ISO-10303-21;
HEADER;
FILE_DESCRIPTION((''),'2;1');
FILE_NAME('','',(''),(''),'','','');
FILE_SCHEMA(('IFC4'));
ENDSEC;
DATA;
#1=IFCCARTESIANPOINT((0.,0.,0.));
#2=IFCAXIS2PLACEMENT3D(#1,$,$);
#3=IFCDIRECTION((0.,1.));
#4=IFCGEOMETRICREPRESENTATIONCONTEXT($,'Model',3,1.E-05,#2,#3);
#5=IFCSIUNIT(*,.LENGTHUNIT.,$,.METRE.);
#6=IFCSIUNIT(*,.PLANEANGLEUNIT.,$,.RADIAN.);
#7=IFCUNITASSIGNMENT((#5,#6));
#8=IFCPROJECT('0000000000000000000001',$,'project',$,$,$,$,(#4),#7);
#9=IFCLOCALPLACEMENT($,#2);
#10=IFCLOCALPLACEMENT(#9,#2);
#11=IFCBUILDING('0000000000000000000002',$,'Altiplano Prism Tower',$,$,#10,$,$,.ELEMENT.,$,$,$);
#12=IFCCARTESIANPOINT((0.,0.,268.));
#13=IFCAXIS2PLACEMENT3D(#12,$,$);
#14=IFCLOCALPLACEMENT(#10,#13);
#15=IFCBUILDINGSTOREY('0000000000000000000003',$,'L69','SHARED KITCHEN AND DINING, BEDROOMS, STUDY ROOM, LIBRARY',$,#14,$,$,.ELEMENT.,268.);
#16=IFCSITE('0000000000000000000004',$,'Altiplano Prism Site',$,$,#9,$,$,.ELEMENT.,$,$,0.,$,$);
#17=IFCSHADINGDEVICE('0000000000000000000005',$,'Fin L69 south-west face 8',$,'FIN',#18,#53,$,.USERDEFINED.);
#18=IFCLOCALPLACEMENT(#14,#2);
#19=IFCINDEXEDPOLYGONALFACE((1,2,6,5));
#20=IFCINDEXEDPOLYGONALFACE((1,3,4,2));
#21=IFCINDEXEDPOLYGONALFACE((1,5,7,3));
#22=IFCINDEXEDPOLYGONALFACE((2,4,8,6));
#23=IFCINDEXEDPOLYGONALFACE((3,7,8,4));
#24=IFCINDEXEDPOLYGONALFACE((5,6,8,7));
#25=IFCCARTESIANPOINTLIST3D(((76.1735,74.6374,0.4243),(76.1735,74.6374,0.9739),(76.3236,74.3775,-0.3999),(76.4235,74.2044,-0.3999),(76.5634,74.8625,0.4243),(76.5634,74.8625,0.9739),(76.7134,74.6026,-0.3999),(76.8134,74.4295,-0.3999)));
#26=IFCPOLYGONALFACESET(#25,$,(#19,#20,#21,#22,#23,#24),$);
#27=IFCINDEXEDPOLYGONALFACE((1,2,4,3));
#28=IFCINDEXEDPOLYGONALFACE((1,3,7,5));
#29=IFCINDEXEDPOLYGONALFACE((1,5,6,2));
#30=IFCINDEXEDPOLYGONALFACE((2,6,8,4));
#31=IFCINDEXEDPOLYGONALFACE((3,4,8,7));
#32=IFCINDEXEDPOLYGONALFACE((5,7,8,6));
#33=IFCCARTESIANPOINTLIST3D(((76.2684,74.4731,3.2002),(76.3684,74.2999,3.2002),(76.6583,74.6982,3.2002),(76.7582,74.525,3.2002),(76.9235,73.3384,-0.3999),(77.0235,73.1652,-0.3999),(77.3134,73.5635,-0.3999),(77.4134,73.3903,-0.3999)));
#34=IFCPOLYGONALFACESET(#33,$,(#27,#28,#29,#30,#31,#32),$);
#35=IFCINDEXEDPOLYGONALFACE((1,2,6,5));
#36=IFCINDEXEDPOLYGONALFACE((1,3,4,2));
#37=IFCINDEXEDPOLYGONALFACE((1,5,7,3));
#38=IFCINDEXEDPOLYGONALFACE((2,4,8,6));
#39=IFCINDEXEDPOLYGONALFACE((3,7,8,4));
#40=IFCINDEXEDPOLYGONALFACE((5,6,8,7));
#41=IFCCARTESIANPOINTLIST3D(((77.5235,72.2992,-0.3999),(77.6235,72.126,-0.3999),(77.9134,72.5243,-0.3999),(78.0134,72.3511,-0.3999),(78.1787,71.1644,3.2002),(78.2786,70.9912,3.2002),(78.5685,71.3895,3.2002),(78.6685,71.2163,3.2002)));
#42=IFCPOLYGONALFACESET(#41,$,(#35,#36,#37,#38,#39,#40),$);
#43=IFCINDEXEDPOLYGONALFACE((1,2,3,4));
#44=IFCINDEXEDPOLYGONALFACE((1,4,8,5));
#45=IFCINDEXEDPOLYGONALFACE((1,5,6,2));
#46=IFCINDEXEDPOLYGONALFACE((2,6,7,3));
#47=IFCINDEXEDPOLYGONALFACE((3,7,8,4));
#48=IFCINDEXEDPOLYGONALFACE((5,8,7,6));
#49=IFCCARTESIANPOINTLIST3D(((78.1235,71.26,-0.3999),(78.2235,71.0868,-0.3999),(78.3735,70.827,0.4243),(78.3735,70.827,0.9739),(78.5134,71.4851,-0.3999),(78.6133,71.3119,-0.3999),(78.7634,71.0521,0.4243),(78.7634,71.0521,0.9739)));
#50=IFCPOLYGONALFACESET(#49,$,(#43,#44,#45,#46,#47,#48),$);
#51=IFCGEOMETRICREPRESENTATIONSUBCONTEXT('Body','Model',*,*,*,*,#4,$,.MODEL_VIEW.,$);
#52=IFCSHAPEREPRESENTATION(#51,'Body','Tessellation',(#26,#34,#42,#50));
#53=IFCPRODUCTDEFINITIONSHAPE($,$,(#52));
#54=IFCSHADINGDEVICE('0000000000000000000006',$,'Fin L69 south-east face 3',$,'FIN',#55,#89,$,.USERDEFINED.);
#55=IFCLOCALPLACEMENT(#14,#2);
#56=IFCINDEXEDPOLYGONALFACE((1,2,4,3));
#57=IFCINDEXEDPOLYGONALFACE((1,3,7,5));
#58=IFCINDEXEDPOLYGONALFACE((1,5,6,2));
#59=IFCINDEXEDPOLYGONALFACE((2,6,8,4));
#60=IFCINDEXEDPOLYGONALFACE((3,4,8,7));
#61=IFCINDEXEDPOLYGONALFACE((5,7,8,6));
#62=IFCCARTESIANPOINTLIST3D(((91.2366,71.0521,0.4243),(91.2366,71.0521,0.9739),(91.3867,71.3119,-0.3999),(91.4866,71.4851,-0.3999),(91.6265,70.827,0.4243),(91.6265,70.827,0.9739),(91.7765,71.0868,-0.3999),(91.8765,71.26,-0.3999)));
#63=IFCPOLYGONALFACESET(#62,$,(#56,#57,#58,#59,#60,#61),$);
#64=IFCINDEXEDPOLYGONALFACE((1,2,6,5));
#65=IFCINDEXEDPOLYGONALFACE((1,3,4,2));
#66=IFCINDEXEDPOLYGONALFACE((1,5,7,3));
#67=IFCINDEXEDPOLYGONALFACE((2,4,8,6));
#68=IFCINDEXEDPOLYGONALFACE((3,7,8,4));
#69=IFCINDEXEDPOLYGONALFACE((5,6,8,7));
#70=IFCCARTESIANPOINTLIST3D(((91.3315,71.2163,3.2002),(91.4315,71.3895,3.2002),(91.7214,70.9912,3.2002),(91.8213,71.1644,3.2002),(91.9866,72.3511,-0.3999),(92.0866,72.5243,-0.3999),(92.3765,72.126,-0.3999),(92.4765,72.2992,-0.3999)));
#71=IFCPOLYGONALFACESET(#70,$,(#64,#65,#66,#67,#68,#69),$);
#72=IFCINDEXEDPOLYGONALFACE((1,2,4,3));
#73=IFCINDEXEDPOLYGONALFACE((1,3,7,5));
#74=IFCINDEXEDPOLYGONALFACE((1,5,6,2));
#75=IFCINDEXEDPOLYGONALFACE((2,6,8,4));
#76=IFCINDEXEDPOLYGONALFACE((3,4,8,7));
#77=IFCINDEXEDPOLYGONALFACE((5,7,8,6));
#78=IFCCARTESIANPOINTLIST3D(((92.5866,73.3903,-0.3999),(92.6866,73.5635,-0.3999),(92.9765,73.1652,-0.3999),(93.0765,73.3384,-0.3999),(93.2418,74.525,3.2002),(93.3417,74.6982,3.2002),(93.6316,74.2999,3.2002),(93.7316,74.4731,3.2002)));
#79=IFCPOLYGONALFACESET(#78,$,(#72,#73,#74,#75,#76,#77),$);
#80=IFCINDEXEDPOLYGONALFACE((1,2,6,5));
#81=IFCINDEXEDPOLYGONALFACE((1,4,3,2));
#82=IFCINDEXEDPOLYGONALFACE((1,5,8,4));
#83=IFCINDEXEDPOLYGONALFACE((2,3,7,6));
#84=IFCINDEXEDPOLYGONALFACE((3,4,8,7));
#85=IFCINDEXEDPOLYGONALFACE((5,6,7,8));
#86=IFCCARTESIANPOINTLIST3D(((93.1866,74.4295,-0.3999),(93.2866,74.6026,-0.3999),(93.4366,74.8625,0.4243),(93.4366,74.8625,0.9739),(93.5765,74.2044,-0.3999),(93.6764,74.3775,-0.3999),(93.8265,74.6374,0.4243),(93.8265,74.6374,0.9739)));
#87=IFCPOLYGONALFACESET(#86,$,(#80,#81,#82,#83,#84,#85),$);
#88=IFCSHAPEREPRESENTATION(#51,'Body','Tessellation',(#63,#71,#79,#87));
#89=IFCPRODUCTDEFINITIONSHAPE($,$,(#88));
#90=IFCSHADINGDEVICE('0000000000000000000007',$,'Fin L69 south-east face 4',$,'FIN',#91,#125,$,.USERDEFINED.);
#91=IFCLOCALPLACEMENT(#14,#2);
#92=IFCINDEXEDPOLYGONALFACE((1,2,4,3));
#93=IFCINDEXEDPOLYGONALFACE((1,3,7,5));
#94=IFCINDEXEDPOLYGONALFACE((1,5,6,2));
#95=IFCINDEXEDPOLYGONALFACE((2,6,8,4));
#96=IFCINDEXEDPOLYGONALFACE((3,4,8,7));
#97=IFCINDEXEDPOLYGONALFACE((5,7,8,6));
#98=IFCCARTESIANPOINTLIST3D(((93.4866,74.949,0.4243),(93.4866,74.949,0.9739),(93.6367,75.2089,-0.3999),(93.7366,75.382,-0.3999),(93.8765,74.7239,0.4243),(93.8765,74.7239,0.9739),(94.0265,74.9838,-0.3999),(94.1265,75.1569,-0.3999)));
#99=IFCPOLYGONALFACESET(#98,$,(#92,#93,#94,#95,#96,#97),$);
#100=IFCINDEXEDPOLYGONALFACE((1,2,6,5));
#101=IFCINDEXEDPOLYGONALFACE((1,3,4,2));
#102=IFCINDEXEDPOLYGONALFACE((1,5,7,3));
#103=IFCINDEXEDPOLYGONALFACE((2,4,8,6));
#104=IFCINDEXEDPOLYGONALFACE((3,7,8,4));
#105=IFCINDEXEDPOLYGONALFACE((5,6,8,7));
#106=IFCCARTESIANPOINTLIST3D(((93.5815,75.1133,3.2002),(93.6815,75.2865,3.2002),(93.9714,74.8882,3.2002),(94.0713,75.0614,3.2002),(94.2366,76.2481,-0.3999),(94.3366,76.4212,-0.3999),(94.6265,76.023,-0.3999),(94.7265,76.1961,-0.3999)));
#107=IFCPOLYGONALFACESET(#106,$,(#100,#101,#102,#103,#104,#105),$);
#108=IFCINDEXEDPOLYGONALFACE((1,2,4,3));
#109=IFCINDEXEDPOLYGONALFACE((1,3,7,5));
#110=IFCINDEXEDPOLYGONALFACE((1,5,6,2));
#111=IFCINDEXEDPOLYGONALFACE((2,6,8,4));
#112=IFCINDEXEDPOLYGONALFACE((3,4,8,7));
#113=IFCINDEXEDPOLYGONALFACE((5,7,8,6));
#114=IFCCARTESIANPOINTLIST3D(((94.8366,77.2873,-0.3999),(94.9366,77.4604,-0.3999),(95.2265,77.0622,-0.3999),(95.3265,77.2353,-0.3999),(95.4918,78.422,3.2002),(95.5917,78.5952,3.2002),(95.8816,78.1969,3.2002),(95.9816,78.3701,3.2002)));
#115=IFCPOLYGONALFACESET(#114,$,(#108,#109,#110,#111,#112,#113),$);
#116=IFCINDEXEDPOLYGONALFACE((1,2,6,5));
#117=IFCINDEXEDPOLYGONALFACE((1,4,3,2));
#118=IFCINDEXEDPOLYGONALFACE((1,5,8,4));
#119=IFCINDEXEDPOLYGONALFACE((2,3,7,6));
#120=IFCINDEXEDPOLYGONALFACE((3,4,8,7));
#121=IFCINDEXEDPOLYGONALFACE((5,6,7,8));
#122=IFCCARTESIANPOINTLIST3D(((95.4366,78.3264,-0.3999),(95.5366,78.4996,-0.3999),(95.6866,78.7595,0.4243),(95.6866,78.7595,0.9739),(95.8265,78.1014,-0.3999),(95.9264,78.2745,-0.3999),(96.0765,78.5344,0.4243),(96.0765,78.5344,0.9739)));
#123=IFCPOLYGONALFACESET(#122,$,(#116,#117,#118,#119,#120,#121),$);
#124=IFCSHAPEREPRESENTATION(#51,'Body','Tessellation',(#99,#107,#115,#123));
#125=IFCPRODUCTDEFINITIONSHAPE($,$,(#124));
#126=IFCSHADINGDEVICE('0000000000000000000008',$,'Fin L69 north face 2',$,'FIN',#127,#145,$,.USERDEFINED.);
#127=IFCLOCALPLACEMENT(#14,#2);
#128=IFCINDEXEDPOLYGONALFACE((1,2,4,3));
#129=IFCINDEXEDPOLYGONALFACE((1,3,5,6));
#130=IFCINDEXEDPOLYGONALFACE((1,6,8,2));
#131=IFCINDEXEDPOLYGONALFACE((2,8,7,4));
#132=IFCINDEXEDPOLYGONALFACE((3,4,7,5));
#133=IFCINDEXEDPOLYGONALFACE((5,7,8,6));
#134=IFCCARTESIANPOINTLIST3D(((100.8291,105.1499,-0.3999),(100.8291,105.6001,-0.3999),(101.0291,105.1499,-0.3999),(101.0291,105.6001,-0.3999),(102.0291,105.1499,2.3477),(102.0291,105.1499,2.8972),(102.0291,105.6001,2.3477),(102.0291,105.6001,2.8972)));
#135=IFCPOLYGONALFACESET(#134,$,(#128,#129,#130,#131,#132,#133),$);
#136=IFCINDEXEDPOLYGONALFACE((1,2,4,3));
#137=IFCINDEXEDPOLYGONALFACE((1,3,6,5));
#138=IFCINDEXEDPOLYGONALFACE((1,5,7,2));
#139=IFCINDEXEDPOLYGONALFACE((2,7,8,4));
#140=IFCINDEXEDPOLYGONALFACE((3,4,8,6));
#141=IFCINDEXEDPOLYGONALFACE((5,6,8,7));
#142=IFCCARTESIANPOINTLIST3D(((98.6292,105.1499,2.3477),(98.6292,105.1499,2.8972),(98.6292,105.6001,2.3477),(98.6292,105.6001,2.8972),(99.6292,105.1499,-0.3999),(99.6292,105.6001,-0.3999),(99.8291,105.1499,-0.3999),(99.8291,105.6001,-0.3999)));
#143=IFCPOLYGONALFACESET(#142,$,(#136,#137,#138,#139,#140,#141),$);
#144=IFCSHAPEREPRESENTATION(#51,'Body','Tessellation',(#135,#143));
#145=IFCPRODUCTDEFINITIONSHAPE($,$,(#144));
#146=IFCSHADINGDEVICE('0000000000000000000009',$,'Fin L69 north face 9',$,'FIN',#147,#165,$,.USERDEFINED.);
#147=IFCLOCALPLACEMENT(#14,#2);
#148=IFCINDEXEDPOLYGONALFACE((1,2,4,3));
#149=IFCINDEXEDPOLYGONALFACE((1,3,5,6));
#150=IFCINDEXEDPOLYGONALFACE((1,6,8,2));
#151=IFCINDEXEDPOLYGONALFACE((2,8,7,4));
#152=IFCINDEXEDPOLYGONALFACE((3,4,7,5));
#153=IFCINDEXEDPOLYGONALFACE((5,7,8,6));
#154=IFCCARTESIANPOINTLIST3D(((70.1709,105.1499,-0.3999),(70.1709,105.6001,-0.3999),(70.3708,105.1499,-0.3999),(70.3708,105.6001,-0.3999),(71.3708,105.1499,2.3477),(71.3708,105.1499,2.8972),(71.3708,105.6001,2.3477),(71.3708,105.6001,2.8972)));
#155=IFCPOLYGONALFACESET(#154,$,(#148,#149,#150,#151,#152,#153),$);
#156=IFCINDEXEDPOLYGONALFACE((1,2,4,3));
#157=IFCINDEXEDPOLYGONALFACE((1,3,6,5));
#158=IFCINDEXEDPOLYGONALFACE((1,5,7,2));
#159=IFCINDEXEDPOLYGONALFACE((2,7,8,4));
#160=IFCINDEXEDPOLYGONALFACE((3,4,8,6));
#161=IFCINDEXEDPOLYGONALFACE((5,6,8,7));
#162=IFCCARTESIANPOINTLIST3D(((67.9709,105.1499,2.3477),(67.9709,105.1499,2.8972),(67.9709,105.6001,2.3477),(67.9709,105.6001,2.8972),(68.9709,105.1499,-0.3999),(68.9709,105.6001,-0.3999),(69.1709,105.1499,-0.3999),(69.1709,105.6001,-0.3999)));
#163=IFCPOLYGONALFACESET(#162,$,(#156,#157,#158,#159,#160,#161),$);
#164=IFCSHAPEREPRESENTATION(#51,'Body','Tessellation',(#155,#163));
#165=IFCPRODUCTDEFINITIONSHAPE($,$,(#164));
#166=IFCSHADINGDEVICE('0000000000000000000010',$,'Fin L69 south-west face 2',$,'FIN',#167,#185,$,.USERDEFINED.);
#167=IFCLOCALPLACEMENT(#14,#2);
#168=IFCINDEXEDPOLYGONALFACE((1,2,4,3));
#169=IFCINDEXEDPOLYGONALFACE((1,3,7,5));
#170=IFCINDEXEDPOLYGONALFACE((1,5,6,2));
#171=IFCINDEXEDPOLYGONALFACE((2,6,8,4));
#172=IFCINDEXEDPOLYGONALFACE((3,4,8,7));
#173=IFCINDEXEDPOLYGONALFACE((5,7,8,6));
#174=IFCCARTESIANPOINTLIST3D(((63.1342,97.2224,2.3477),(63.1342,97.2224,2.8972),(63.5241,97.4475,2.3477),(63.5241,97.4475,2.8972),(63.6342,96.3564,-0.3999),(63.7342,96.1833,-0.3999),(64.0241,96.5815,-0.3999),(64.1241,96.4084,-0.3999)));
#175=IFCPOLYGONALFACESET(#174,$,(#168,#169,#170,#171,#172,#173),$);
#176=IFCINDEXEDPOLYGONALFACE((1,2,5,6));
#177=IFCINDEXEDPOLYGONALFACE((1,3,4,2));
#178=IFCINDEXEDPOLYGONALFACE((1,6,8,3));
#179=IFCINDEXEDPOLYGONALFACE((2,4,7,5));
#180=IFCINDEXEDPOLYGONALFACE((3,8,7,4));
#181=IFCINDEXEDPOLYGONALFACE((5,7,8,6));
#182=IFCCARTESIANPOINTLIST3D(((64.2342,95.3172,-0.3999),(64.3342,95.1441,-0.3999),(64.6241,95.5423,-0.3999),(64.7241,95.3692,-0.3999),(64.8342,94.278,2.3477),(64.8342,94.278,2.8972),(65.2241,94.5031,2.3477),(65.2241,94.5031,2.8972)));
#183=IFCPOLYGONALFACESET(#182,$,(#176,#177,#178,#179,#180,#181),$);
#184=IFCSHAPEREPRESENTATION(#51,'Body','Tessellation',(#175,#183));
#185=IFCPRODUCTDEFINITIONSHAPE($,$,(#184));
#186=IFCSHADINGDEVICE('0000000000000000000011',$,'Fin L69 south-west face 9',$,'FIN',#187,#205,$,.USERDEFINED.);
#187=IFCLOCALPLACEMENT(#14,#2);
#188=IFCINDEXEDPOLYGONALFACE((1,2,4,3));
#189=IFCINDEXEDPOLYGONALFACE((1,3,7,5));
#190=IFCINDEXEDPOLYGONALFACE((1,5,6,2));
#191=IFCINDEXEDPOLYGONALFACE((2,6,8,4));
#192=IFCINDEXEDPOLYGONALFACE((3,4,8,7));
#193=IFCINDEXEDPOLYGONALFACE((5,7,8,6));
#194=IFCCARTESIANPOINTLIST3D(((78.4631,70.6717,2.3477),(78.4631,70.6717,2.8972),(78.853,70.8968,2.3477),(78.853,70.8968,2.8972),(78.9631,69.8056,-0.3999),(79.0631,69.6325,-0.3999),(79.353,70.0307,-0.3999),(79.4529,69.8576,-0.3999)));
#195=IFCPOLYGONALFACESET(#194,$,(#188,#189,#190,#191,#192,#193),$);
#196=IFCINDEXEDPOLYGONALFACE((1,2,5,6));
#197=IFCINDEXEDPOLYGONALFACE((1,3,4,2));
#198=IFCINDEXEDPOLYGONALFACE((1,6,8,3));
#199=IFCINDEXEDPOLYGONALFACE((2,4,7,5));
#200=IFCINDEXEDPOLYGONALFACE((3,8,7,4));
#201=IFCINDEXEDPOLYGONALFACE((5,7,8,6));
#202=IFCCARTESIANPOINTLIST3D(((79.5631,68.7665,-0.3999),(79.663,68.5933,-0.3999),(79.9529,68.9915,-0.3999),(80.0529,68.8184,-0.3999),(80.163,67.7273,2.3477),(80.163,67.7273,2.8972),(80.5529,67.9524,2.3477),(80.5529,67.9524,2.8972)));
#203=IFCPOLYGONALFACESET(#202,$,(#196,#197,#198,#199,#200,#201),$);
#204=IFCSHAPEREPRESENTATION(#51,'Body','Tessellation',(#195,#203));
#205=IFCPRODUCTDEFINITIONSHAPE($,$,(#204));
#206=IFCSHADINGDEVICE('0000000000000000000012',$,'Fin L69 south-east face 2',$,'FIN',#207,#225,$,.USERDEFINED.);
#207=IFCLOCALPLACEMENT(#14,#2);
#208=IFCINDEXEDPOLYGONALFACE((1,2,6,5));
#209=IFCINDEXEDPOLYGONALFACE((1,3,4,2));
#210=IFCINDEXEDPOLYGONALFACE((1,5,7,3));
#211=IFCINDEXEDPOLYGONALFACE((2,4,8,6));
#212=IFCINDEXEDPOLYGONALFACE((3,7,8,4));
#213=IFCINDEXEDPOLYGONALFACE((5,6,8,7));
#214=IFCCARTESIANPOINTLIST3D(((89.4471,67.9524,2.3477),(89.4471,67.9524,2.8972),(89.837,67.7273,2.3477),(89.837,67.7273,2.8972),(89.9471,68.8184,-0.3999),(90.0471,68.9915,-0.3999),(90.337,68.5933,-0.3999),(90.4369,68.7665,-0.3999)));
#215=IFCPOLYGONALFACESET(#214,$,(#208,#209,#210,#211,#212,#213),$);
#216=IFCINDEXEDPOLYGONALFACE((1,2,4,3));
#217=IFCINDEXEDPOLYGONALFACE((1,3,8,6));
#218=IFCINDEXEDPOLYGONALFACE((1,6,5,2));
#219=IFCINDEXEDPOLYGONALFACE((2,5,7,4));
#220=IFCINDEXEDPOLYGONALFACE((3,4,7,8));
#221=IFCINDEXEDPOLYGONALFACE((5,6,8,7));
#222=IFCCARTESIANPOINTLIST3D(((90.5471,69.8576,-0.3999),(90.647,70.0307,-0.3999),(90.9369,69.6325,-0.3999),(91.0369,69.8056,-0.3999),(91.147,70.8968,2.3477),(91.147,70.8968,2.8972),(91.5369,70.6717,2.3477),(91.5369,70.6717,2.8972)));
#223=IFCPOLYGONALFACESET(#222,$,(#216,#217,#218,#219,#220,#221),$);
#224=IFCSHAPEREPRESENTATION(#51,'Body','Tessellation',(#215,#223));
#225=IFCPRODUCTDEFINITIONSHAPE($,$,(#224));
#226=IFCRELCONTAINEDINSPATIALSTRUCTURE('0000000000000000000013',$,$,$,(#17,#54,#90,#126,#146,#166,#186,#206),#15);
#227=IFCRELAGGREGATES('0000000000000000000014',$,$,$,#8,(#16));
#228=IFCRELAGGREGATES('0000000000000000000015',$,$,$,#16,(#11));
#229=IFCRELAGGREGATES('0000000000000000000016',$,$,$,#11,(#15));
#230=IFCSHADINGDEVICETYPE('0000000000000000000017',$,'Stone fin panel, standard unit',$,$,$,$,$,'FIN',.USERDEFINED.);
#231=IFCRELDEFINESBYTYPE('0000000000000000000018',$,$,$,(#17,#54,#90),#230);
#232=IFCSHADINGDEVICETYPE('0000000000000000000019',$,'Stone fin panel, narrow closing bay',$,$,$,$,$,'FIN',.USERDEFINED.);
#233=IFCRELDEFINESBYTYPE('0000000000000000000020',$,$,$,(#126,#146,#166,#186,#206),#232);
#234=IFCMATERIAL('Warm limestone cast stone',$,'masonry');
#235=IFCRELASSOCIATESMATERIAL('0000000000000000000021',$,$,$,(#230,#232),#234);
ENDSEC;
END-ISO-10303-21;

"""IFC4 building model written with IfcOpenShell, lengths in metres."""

from ifc_helpers import new_model, si_unit, direction, frame, origin, place, context, subcontext, project, spatial, polyline, outline, extrude, source, transform, mapped, material, type_object, element, save


model = new_model("IFC4")

# Units and contexts
model_context = context("Model", 3, precision=1e-05, world=origin(), true_north=direction((0.0, 1.0)))
body_context = subcontext(model_context, "Body", "Model", "MODEL_VIEW")
ifc_project = project(units=[si_unit("LENGTHUNIT", "METRE"), si_unit("PLANEANGLEUNIT", "RADIAN")], contexts=[model_context])

# Site, building, storey
site_placement = place(None, origin())
site = spatial("IfcSite", under=ifc_project, at=site_placement, Name="Altiplano Prism Site", CompositionType="ELEMENT", RefElevation=0.0)
building_placement = place(site_placement, origin())
building = spatial("IfcBuilding", under=site, at=building_placement, Name="Altiplano Prism Tower", CompositionType="ELEMENT")
storey_placement = place(building_placement, frame((0.0, 0.0, 268.0)))
storey = spatial("IfcBuildingStorey", under=building, at=storey_placement, Name="L69", Description="SHARED KITCHEN AND DINING, BEDROOMS, STUDY ROOM, LIBRARY", CompositionType="ELEMENT", Elevation=268.0)

# Shading devices
ifc_material_1 = material(Name="Warm limestone cast stone", Category="masonry")
shading_device_type_1 = type_object("IfcShadingDeviceType", Name="Stone fin panel, standard unit", ElementType="FIN", PredefinedType="USERDEFINED", material=ifc_material_1)
shared_shape_1 = source(origin(), body_context, "Body", "SweptSolid", [
    extrude(outline(polyline([(-2.2, 1.3738), (-2.2, 0.8242), (-1.8999, 0.0), (-1.7, 0.0), (-2.2, 1.3738)])), frame((0.0, -0.1499, 0.0), z_axis=(0.0, -1.0, 0.0), x_axis=(1.0, 0.0, 0.0)), (0.0, 0.0, 1.0), 0.4502),
    extrude(outline(polyline([(-2.0103, 3.6001), (-0.7, 0.0), (-0.5, 0.0), (-1.8103, 3.6001), (-2.0103, 3.6001)])), frame((0.0, -0.1499, 0.0), z_axis=(0.0, -1.0, 0.0), x_axis=(1.0, 0.0, 0.0)), (0.0, 0.0, 1.0), 0.4502),
    extrude(outline(polyline([(1.8103, 3.6001), (0.5, 0.0), (0.7, 0.0), (2.0103, 3.6001), (1.8103, 3.6001)])), frame((0.0, -0.1499, 0.0), z_axis=(0.0, -1.0, 0.0), x_axis=(1.0, 0.0, 0.0)), (0.0, 0.0, 1.0), 0.4502),
    extrude(outline(polyline([(2.2, 0.8242), (2.2, 1.3738), (1.7, 0.0), (1.8999, 0.0), (2.2, 0.8242)])), frame((0.0, -0.1499, 0.0), z_axis=(0.0, -1.0, 0.0), x_axis=(1.0, 0.0, 0.0)), (0.0, 0.0, 1.0), 0.4502),
])
shading_device_1_placement = place(storey_placement, origin())
element("IfcShadingDevice", 1, at=shading_device_1_placement, inside=storey, type_object=shading_device_type_1, Name="Fin L69 south-west face 8", ObjectType="FIN", PredefinedType="USERDEFINED", context=body_context, shape_type="MappedRepresentation", body=[
    mapped(shared_shape_1, transform((77.7932, 73.0322, -0.3999), x_axis=(0.5, -0.866025, 0.0), y_axis=(0.866025, 0.5, 0.0), z_axis=(0.0, 0.0, 1.0))),
])
shading_device_2_placement = place(storey_placement, origin())
element("IfcShadingDevice", 2, at=shading_device_2_placement, inside=storey, type_object=shading_device_type_1, Name="Fin L69 south-east face 3", ObjectType="FIN", PredefinedType="USERDEFINED", context=body_context, shape_type="MappedRepresentation", body=[
    mapped(shared_shape_1, transform((92.2068, 73.0322, -0.3999), x_axis=(0.5, 0.866025, 0.0), y_axis=(-0.866025, 0.5, 0.0), z_axis=(0.0, 0.0, 1.0))),
])
shading_device_3_placement = place(storey_placement, origin())
element("IfcShadingDevice", 3, at=shading_device_3_placement, inside=storey, type_object=shading_device_type_1, Name="Fin L69 south-east face 4", ObjectType="FIN", PredefinedType="USERDEFINED", context=body_context, shape_type="MappedRepresentation", body=[
    mapped(shared_shape_1, transform((94.4568, 76.9292, -0.3999), x_axis=(0.5, 0.866025, 0.0), y_axis=(-0.866025, 0.5, 0.0), z_axis=(0.0, 0.0, 1.0))),
])
shading_device_type_2 = type_object("IfcShadingDeviceType", Name="Stone fin panel, narrow closing bay", ElementType="FIN", PredefinedType="USERDEFINED", material=ifc_material_1)
shared_shape_2 = source(origin(), body_context, "Body", "SweptSolid", [
    extrude(outline(polyline([(-1.7, 3.2971), (-1.7, 2.7476), (-0.7, 0.0), (-0.5, 0.0), (-1.7, 3.2971)])), frame((0.0, -0.1499, 0.0), z_axis=(0.0, -1.0, 0.0), x_axis=(1.0, 0.0, 0.0)), (0.0, 0.0, 1.0), 0.4502),
    extrude(outline(polyline([(1.7, 2.7476), (1.7, 3.2971), (0.5, 0.0), (0.7, 0.0), (1.7, 2.7476)])), frame((0.0, -0.1499, 0.0), z_axis=(0.0, -1.0, 0.0), x_axis=(1.0, 0.0, 0.0)), (0.0, 0.0, 1.0), 0.4502),
])
shading_device_4_placement = place(storey_placement, origin())
element("IfcShadingDevice", 4, at=shading_device_4_placement, inside=storey, type_object=shading_device_type_2, Name="Fin L69 north face 2", ObjectType="FIN", PredefinedType="USERDEFINED", context=body_context, shape_type="MappedRepresentation", body=[
    mapped(shared_shape_2, transform((100.3291, 105.0, -0.3999), x_axis=(-1.0, 0.0, 0.0), y_axis=(0.0, -1.0, 0.0), z_axis=(0.0, 0.0, 1.0))),
])
shading_device_5_placement = place(storey_placement, origin())
element("IfcShadingDevice", 5, at=shading_device_5_placement, inside=storey, type_object=shading_device_type_2, Name="Fin L69 north face 9", ObjectType="FIN", PredefinedType="USERDEFINED", context=body_context, shape_type="MappedRepresentation", body=[
    mapped(shared_shape_2, transform((69.6709, 105.0, -0.3999), x_axis=(-1.0, 0.0, 0.0), y_axis=(0.0, -1.0, 0.0), z_axis=(0.0, 0.0, 1.0))),
])
shading_device_6_placement = place(storey_placement, origin())
element("IfcShadingDevice", 6, at=shading_device_6_placement, inside=storey, type_object=shading_device_type_2, Name="Fin L69 south-west face 2", ObjectType="FIN", PredefinedType="USERDEFINED", context=body_context, shape_type="MappedRepresentation", body=[
    mapped(shared_shape_2, transform((64.5039, 96.0503, -0.3999), x_axis=(0.5, -0.866025, 0.0), y_axis=(0.866025, 0.5, 0.0), z_axis=(0.0, 0.0, 1.0))),
])
shading_device_7_placement = place(storey_placement, origin())
element("IfcShadingDevice", 7, at=shading_device_7_placement, inside=storey, type_object=shading_device_type_2, Name="Fin L69 south-west face 9", ObjectType="FIN", PredefinedType="USERDEFINED", context=body_context, shape_type="MappedRepresentation", body=[
    mapped(shared_shape_2, transform((79.8328, 69.4995, -0.3999), x_axis=(0.5, -0.866025, 0.0), y_axis=(0.866025, 0.5, 0.0), z_axis=(0.0, 0.0, 1.0))),
])
shading_device_8_placement = place(storey_placement, origin())
element("IfcShadingDevice", 8, at=shading_device_8_placement, inside=storey, type_object=shading_device_type_2, Name="Fin L69 south-east face 2", ObjectType="FIN", PredefinedType="USERDEFINED", context=body_context, shape_type="MappedRepresentation", body=[
    mapped(shared_shape_2, transform((90.1672, 69.4995, -0.3999), x_axis=(0.5, 0.866025, 0.0), y_axis=(-0.866025, 0.5, 0.0), z_axis=(0.0, 0.0, 1.0))),
])

save(model, "model.ifc")
